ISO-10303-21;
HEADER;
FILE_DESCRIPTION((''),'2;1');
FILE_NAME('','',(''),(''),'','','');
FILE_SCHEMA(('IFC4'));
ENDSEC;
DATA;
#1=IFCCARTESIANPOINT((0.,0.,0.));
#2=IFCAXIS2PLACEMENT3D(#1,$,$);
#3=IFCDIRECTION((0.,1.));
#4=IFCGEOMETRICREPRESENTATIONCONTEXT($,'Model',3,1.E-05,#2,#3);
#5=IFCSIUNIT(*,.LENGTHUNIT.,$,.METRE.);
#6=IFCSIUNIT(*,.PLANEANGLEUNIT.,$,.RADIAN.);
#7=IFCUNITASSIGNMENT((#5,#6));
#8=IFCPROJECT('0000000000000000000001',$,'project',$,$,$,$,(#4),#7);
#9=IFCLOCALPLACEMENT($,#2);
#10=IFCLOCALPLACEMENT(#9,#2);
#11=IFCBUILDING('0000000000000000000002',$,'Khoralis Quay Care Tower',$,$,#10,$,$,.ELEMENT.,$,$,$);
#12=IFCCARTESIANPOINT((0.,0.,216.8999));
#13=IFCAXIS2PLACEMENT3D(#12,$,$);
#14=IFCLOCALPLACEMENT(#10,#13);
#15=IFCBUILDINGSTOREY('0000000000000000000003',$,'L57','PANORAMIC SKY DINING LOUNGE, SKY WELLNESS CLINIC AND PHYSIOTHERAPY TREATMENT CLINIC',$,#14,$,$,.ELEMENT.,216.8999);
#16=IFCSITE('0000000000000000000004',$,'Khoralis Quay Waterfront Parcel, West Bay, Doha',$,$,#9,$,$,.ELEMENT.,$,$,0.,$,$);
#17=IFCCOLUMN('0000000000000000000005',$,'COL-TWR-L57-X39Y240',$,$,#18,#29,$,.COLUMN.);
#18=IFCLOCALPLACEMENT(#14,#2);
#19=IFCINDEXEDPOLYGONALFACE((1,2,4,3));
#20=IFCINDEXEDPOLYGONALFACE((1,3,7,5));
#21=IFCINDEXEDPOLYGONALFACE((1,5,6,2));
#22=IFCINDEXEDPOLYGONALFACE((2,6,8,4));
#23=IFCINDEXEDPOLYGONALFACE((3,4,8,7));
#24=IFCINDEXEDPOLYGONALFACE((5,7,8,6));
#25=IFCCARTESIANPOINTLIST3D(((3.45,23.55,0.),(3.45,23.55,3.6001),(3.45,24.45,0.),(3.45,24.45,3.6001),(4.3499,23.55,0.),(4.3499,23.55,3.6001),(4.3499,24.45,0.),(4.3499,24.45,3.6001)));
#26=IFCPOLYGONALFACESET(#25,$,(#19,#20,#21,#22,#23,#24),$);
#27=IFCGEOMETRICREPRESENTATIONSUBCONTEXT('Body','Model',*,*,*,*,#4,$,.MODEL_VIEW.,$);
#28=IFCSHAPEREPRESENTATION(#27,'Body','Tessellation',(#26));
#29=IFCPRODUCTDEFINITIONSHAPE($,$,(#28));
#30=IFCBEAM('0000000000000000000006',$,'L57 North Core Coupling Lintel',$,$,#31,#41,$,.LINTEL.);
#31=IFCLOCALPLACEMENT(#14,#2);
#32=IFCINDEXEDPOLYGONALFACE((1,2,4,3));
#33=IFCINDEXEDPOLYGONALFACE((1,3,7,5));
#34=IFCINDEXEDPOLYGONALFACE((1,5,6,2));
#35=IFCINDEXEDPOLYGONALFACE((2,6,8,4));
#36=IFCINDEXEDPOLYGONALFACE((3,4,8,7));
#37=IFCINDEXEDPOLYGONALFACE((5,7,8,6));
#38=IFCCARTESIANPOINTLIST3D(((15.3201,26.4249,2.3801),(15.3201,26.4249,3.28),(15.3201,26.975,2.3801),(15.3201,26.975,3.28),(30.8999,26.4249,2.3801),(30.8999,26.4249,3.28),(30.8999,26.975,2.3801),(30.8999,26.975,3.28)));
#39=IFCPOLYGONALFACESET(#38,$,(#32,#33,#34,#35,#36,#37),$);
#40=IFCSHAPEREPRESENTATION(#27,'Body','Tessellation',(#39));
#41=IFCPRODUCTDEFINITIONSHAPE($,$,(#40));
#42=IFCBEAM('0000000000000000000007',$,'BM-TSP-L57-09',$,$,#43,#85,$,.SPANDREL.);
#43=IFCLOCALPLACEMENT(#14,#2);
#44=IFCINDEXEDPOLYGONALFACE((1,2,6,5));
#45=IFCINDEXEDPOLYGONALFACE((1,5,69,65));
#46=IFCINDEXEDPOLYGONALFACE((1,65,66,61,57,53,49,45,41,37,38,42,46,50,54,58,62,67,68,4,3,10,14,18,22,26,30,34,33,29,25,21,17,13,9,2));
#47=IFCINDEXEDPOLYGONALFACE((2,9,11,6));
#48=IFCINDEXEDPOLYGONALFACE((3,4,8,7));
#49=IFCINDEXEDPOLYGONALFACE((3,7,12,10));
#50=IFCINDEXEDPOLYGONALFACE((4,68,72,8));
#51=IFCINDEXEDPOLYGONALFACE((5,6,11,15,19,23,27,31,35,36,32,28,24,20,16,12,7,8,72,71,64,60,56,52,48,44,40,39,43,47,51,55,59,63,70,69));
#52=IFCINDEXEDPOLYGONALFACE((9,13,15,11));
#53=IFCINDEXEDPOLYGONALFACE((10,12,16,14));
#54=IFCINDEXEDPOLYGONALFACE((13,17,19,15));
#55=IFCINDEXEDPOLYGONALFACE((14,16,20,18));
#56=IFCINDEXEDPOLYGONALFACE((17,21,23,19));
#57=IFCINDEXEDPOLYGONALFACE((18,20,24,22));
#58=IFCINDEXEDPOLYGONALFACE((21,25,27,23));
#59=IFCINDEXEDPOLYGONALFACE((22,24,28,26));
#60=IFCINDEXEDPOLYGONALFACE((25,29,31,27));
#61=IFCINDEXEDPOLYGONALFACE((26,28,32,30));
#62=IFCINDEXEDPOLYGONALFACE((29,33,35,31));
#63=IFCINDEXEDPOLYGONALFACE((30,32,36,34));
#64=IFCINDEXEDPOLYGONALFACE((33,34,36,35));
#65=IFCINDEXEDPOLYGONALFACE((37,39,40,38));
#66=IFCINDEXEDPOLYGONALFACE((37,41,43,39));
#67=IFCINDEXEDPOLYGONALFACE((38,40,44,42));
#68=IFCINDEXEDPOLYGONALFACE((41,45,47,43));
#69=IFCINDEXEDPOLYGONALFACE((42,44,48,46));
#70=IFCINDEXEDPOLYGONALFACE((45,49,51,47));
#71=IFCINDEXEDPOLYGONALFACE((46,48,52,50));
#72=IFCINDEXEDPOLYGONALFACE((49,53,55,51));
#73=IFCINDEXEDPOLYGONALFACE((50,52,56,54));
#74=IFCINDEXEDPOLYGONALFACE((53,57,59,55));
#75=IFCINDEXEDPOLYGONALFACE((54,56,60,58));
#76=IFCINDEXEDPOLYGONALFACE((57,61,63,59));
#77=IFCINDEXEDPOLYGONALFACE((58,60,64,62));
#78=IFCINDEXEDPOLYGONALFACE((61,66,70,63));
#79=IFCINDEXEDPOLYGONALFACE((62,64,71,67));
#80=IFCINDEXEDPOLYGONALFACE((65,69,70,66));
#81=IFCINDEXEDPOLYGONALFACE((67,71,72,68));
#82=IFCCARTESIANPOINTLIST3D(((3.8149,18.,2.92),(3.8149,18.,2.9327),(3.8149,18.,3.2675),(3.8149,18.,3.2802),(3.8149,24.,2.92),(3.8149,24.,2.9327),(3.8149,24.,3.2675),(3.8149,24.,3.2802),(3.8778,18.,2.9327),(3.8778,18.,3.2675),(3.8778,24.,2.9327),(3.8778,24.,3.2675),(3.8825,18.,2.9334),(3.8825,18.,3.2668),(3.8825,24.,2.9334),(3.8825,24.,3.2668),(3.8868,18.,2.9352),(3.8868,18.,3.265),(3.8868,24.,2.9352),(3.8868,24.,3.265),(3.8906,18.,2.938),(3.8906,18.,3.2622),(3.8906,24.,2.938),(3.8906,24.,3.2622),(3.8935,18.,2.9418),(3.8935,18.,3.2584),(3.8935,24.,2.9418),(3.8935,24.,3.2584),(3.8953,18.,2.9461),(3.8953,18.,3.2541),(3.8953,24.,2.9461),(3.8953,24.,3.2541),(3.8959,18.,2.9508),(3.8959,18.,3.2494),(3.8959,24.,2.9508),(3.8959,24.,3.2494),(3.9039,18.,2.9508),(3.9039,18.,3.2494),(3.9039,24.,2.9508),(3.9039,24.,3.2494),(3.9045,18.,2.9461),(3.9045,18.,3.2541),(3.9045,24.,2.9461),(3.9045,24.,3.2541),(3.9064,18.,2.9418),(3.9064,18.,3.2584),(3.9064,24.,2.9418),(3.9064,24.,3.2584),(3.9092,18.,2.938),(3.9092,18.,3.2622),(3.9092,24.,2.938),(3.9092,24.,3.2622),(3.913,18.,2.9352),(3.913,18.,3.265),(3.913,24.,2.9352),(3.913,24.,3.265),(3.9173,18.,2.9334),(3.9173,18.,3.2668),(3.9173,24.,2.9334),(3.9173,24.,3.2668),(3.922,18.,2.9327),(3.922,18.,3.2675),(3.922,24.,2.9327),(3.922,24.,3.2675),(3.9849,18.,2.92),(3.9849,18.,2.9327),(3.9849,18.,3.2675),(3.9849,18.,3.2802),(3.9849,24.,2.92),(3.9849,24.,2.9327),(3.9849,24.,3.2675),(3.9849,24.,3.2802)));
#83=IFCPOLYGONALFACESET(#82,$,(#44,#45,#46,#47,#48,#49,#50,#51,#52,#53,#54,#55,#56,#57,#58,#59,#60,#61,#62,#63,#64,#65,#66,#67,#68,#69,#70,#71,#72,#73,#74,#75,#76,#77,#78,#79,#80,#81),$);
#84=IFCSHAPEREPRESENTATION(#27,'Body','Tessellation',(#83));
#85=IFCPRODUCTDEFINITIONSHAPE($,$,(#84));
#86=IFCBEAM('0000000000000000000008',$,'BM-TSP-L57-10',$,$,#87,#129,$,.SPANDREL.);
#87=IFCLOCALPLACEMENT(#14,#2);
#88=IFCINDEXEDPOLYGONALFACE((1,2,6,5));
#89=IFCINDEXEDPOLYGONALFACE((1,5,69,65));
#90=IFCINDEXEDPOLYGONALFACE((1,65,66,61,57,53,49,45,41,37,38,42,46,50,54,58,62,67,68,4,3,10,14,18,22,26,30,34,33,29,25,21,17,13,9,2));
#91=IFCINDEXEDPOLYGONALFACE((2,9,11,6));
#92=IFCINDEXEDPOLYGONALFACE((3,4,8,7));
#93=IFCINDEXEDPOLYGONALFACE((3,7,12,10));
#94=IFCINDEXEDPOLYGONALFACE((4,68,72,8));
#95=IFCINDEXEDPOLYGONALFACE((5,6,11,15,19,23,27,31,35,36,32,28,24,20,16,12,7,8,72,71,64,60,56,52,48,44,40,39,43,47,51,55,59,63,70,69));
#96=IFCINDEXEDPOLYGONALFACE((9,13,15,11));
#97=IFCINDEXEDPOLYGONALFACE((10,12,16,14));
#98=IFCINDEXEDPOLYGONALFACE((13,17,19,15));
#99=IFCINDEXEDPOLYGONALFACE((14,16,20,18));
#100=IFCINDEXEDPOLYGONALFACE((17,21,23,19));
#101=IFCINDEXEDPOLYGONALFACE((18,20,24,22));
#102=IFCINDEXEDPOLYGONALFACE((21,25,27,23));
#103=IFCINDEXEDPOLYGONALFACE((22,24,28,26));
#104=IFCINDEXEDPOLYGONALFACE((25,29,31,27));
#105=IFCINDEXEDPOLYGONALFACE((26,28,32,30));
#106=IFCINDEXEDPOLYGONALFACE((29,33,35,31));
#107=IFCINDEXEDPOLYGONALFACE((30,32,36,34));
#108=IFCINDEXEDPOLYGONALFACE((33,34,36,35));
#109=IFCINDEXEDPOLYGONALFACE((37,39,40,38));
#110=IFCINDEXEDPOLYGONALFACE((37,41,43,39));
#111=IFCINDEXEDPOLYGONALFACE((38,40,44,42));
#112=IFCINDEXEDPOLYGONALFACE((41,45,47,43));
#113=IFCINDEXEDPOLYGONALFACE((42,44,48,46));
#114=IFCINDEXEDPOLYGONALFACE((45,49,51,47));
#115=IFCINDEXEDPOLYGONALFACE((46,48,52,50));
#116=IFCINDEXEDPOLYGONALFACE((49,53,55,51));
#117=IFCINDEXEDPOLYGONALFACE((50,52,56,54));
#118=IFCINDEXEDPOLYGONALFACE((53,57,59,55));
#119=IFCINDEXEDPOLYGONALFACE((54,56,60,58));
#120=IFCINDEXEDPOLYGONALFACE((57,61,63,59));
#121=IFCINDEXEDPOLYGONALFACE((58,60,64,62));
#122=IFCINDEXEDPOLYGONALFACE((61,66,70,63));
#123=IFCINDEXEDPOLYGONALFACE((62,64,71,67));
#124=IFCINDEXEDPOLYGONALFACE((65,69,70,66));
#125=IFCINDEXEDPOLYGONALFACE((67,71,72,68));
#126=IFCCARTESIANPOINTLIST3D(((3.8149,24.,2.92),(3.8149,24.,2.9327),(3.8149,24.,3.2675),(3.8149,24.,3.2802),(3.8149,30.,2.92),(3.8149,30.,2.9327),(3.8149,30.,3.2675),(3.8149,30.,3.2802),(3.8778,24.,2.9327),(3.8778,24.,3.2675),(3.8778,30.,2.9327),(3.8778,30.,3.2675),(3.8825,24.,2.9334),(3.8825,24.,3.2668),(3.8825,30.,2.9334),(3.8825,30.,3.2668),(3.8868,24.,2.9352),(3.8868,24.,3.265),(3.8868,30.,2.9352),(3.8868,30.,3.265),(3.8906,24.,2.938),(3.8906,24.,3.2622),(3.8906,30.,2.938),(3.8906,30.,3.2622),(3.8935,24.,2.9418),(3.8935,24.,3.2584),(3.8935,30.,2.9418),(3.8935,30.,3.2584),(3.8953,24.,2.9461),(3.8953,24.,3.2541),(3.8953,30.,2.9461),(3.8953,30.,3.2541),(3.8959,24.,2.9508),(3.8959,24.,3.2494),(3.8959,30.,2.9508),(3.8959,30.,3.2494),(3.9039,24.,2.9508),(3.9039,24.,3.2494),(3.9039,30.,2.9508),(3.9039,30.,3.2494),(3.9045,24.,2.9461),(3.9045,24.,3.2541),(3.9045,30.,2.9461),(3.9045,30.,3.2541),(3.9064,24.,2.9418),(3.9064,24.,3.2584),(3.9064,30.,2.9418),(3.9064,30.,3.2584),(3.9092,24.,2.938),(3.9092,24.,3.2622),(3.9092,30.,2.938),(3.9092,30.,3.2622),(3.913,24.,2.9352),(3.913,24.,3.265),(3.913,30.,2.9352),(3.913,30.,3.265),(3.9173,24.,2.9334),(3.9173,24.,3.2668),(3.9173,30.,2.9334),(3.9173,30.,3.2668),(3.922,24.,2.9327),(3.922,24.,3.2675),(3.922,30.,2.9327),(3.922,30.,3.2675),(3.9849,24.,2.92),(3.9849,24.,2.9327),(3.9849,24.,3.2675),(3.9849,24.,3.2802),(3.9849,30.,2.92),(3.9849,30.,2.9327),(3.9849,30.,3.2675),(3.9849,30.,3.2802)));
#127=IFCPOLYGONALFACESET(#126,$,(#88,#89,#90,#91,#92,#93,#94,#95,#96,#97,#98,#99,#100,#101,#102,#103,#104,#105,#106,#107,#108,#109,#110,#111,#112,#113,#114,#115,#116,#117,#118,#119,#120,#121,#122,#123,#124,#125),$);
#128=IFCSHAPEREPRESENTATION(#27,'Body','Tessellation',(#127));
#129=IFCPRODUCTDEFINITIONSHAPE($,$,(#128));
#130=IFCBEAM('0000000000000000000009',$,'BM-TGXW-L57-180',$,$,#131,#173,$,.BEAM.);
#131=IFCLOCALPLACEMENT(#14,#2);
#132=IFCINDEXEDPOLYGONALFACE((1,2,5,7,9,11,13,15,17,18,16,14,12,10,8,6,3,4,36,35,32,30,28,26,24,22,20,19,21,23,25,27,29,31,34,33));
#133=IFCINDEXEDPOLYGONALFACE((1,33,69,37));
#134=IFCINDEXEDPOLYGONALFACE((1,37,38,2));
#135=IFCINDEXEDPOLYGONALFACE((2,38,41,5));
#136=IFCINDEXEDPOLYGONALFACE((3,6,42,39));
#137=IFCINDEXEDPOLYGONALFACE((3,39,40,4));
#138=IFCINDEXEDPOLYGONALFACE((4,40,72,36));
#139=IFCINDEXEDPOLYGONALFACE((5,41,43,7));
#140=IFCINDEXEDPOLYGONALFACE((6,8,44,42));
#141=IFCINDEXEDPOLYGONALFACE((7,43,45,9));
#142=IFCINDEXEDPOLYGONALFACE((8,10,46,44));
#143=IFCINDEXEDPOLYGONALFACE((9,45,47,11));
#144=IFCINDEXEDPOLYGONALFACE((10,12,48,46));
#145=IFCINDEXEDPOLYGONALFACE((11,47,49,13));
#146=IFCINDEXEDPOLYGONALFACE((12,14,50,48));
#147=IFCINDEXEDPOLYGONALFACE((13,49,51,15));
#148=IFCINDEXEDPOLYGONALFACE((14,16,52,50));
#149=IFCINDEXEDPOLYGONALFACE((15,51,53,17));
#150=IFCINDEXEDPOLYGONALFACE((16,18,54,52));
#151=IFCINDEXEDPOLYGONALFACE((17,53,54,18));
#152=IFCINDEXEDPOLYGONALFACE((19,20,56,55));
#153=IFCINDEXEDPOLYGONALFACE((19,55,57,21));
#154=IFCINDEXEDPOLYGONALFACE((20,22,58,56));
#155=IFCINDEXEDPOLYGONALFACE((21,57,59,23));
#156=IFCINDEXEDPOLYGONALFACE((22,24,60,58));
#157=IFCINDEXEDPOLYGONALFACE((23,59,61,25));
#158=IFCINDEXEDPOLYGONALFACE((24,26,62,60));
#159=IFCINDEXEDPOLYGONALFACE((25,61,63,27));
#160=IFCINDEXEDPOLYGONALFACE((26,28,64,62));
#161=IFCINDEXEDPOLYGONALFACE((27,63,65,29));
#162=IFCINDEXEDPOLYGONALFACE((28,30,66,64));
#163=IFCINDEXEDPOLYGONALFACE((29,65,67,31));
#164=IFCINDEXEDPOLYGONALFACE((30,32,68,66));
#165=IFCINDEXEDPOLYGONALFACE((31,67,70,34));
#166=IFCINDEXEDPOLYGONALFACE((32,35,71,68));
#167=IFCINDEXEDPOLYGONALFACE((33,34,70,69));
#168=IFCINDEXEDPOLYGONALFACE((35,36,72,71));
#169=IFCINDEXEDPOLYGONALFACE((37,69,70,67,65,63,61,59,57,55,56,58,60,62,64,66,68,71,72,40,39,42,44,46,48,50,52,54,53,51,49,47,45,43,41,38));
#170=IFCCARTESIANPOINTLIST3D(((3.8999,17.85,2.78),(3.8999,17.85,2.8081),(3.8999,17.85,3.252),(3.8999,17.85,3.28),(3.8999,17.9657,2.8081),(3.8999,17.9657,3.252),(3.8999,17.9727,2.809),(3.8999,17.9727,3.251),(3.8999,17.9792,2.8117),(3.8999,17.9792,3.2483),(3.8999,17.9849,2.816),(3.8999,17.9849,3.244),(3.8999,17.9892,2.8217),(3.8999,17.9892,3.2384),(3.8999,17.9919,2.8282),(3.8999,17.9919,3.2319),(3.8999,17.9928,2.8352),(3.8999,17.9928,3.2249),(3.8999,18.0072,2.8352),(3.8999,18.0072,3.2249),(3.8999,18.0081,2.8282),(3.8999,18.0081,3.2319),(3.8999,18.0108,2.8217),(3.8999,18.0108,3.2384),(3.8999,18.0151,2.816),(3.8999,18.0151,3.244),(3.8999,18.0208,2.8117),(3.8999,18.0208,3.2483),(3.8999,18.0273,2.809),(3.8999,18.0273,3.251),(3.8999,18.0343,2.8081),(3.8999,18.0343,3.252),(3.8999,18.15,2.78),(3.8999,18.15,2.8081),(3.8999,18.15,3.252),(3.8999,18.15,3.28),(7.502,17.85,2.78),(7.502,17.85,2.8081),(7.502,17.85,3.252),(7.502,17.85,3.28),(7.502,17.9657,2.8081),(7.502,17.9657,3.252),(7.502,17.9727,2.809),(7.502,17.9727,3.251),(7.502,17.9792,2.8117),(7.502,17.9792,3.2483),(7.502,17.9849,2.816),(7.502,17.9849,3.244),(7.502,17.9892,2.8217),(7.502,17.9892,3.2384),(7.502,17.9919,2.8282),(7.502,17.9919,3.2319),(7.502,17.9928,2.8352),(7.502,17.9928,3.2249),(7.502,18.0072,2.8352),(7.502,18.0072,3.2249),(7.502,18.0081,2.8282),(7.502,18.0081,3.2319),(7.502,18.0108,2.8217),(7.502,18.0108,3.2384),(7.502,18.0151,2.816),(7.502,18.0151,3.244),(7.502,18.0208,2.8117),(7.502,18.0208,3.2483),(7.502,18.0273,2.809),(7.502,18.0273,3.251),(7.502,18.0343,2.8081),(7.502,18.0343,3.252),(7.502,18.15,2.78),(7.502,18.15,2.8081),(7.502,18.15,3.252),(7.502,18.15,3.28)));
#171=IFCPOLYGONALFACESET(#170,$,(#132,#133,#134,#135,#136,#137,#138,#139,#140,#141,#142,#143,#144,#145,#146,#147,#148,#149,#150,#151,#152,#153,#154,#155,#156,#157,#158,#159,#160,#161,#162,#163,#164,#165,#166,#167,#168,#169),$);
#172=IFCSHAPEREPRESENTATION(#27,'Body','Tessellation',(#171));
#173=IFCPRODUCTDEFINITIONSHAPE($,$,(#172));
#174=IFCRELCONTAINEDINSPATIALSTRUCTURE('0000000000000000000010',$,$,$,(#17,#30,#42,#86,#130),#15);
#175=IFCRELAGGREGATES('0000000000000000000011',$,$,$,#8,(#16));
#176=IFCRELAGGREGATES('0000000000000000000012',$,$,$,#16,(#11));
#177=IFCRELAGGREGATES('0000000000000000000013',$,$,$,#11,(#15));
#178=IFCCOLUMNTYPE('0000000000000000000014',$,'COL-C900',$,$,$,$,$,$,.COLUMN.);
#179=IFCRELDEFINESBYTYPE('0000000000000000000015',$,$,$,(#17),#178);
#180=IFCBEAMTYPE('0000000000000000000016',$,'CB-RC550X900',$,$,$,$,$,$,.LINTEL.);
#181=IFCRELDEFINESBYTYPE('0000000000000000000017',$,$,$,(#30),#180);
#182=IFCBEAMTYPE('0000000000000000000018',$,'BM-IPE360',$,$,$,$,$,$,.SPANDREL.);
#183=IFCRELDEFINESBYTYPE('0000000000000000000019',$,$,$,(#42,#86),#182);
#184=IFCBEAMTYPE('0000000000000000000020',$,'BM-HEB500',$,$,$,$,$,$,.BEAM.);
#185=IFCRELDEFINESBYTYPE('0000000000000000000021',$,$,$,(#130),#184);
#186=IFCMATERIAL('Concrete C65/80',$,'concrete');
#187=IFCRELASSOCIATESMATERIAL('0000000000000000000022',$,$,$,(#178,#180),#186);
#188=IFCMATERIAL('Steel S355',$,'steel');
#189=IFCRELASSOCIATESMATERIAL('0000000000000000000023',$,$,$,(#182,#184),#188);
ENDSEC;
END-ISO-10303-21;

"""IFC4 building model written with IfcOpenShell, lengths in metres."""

from ifc_helpers import new_model, si_unit, direction, frame, origin, origin_2d, place, context, subcontext, project, spatial, rectangle, i_section, extrude, source, transform, mapped, material, material_profile, profile_set, type_object, element, save


model = new_model("IFC4")

# Units and contexts
model_context = context("Model", 3, precision=1e-05, world=origin(), true_north=direction((0.0, 1.0)))
body_context = subcontext(model_context, "Body", "Model", "MODEL_VIEW")
ifc_project = project(units=[si_unit("LENGTHUNIT", "METRE"), si_unit("PLANEANGLEUNIT", "RADIAN")], contexts=[model_context])

# Site, building, storey
site_placement = place(None, origin())
site = spatial("IfcSite", under=ifc_project, at=site_placement, Name="Khoralis Quay Waterfront Parcel, West Bay, Doha", CompositionType="ELEMENT", RefElevation=0.0)
building_placement = place(site_placement, origin())
building = spatial("IfcBuilding", under=site, at=building_placement, Name="Khoralis Quay Care Tower", CompositionType="ELEMENT")
storey_placement = place(building_placement, frame((0.0, 0.0, 216.8999)))
storey = spatial("IfcBuildingStorey", under=building, at=storey_placement, Name="L57", Description="PANORAMIC SKY DINING LOUNGE, SKY WELLNESS CLINIC AND PHYSIOTHERAPY TREATMENT CLINIC", CompositionType="ELEMENT", Elevation=216.8999)

# Column
ifc_material_1 = material(Name="Concrete C65/80", Category="concrete")
ifc_material_profile_1 = material_profile(ifc_material_1, rectangle(XDim=0.8999, YDim=0.8999, at=origin_2d()), Name="Concrete C65/80")
ifc_profile_set_1 = profile_set([ifc_material_profile_1], Name="Concrete C65/80")
column_type = type_object("IfcColumnType", Name="COL-C900", PredefinedType="COLUMN", material=ifc_profile_set_1)
shared_shape_1 = source(origin(), body_context, "Body", "SweptSolid", [
    extrude(rectangle(XDim=0.8999, YDim=0.8999, at=origin_2d()), origin(), (0.0, 0.0, 1.0), 3.6001),
])
column_placement = place(storey_placement, frame((3.8999, 24.0, 0.0), z_axis=(0.0, 0.0, 1.0), x_axis=(1.0, 0.0, 0.0)))
element("IfcColumn", 1, at=column_placement, inside=storey, type_object=column_type, Name="COL-TWR-L57-X39Y240", PredefinedType="COLUMN", context=body_context, shape_type="MappedRepresentation", body=[
    mapped(shared_shape_1, transform((0.0, 0.0, 0.0), scale=1.0)),
])

# Beams
ifc_material_profile_2 = material_profile(ifc_material_1, rectangle(XDim=0.55, YDim=0.8999, at=origin_2d()), Name="Concrete C65/80")
ifc_profile_set_2 = profile_set([ifc_material_profile_2], Name="Concrete C65/80")
beam_type_1 = type_object("IfcBeamType", Name="CB-RC550X900", PredefinedType="LINTEL", material=ifc_profile_set_2)
shared_shape_2 = source(origin(), body_context, "Body", "SweptSolid", [
    extrude(rectangle(XDim=0.55, YDim=0.8999, at=origin_2d()), origin(), (0.0, 0.0, 1.0), 15.5798),
])
beam_1_placement = place(storey_placement, frame((15.3201, 26.7, 2.8301), z_axis=(1.0, 0.0, 0.0), x_axis=(0.0, 1.0, 0.0)))
element("IfcBeam", 2, at=beam_1_placement, inside=storey, type_object=beam_type_1, Name="L57 North Core Coupling Lintel", PredefinedType="LINTEL", context=body_context, shape_type="MappedRepresentation", body=[
    mapped(shared_shape_2, transform((0.0, 0.0, 0.0), scale=1.0)),
])
ifc_material_2 = material(Name="Steel S355", Category="steel")
ifc_material_profile_3 = material_profile(ifc_material_2, i_section(OverallWidth=0.1699, OverallDepth=0.3601, WebThickness=0.0081, FlangeThickness=0.0127, FilletRadius=0.0181, at=origin_2d()), Name="Steel S355")
ifc_profile_set_3 = profile_set([ifc_material_profile_3], Name="Steel S355")
beam_type_2 = type_object("IfcBeamType", Name="BM-IPE360", PredefinedType="SPANDREL", material=ifc_profile_set_3)
shared_shape_3 = source(origin(), body_context, "Body", "SweptSolid", [
    extrude(i_section(OverallWidth=0.1699, OverallDepth=0.3601, WebThickness=0.0081, FlangeThickness=0.0127, FilletRadius=0.0181, at=origin_2d()), origin(), (0.0, 0.0, 1.0), 6.0),
])
for number, where, z_axis, x_axis, name in (
    (3, (3.8999, 18.0, 3.1001), (0.0, 1.0, 0.0), (-1.0, 0.0, 0.0), "BM-TSP-L57-09"),
    (4, (3.8999, 24.0, 3.1001), (0.0, 1.0, 0.0), (-1.0, 0.0, 0.0), "BM-TSP-L57-10"),
):
    element("IfcBeam", number, at=place(storey_placement, frame(where, z_axis=z_axis, x_axis=x_axis)), inside=storey, type_object=beam_type_2, Name=name, PredefinedType="SPANDREL", context=body_context, shape_type="MappedRepresentation", body=[
        mapped(shared_shape_3, transform((0.0, 0.0, 0.0), scale=1.0)),
    ])
ifc_material_profile_4 = material_profile(ifc_material_2, i_section(OverallWidth=0.3, OverallDepth=0.5, WebThickness=0.0144, FlangeThickness=0.0281, FilletRadius=0.0271, at=origin_2d()), Name="Steel S355")
ifc_profile_set_4 = profile_set([ifc_material_profile_4], Name="Steel S355")
beam_type_3 = type_object("IfcBeamType", Name="BM-HEB500", PredefinedType="BEAM", material=ifc_profile_set_4)
shared_shape_4 = source(origin(), body_context, "Body", "SweptSolid", [
    extrude(i_section(OverallWidth=0.3, OverallDepth=0.5, WebThickness=0.0144, FlangeThickness=0.0281, FilletRadius=0.0271, at=origin_2d()), origin(), (0.0, 0.0, 1.0), 3.6021),
])
for number, where, z_axis, x_axis, name in (
    (5, (3.8999, 18.0, 3.03), (1.0, 0.0, 0.0), (0.0, 1.0, 0.0), "BM-TGXW-L57-180"),
):
    element("IfcBeam", number, at=place(storey_placement, frame(where, z_axis=z_axis, x_axis=x_axis)), inside=storey, type_object=beam_type_3, Name=name, PredefinedType="BEAM", context=body_context, shape_type="MappedRepresentation", body=[
        mapped(shared_shape_4, transform((0.0, 0.0, 0.0), scale=1.0)),
    ])

save(model, "model.ifc")
